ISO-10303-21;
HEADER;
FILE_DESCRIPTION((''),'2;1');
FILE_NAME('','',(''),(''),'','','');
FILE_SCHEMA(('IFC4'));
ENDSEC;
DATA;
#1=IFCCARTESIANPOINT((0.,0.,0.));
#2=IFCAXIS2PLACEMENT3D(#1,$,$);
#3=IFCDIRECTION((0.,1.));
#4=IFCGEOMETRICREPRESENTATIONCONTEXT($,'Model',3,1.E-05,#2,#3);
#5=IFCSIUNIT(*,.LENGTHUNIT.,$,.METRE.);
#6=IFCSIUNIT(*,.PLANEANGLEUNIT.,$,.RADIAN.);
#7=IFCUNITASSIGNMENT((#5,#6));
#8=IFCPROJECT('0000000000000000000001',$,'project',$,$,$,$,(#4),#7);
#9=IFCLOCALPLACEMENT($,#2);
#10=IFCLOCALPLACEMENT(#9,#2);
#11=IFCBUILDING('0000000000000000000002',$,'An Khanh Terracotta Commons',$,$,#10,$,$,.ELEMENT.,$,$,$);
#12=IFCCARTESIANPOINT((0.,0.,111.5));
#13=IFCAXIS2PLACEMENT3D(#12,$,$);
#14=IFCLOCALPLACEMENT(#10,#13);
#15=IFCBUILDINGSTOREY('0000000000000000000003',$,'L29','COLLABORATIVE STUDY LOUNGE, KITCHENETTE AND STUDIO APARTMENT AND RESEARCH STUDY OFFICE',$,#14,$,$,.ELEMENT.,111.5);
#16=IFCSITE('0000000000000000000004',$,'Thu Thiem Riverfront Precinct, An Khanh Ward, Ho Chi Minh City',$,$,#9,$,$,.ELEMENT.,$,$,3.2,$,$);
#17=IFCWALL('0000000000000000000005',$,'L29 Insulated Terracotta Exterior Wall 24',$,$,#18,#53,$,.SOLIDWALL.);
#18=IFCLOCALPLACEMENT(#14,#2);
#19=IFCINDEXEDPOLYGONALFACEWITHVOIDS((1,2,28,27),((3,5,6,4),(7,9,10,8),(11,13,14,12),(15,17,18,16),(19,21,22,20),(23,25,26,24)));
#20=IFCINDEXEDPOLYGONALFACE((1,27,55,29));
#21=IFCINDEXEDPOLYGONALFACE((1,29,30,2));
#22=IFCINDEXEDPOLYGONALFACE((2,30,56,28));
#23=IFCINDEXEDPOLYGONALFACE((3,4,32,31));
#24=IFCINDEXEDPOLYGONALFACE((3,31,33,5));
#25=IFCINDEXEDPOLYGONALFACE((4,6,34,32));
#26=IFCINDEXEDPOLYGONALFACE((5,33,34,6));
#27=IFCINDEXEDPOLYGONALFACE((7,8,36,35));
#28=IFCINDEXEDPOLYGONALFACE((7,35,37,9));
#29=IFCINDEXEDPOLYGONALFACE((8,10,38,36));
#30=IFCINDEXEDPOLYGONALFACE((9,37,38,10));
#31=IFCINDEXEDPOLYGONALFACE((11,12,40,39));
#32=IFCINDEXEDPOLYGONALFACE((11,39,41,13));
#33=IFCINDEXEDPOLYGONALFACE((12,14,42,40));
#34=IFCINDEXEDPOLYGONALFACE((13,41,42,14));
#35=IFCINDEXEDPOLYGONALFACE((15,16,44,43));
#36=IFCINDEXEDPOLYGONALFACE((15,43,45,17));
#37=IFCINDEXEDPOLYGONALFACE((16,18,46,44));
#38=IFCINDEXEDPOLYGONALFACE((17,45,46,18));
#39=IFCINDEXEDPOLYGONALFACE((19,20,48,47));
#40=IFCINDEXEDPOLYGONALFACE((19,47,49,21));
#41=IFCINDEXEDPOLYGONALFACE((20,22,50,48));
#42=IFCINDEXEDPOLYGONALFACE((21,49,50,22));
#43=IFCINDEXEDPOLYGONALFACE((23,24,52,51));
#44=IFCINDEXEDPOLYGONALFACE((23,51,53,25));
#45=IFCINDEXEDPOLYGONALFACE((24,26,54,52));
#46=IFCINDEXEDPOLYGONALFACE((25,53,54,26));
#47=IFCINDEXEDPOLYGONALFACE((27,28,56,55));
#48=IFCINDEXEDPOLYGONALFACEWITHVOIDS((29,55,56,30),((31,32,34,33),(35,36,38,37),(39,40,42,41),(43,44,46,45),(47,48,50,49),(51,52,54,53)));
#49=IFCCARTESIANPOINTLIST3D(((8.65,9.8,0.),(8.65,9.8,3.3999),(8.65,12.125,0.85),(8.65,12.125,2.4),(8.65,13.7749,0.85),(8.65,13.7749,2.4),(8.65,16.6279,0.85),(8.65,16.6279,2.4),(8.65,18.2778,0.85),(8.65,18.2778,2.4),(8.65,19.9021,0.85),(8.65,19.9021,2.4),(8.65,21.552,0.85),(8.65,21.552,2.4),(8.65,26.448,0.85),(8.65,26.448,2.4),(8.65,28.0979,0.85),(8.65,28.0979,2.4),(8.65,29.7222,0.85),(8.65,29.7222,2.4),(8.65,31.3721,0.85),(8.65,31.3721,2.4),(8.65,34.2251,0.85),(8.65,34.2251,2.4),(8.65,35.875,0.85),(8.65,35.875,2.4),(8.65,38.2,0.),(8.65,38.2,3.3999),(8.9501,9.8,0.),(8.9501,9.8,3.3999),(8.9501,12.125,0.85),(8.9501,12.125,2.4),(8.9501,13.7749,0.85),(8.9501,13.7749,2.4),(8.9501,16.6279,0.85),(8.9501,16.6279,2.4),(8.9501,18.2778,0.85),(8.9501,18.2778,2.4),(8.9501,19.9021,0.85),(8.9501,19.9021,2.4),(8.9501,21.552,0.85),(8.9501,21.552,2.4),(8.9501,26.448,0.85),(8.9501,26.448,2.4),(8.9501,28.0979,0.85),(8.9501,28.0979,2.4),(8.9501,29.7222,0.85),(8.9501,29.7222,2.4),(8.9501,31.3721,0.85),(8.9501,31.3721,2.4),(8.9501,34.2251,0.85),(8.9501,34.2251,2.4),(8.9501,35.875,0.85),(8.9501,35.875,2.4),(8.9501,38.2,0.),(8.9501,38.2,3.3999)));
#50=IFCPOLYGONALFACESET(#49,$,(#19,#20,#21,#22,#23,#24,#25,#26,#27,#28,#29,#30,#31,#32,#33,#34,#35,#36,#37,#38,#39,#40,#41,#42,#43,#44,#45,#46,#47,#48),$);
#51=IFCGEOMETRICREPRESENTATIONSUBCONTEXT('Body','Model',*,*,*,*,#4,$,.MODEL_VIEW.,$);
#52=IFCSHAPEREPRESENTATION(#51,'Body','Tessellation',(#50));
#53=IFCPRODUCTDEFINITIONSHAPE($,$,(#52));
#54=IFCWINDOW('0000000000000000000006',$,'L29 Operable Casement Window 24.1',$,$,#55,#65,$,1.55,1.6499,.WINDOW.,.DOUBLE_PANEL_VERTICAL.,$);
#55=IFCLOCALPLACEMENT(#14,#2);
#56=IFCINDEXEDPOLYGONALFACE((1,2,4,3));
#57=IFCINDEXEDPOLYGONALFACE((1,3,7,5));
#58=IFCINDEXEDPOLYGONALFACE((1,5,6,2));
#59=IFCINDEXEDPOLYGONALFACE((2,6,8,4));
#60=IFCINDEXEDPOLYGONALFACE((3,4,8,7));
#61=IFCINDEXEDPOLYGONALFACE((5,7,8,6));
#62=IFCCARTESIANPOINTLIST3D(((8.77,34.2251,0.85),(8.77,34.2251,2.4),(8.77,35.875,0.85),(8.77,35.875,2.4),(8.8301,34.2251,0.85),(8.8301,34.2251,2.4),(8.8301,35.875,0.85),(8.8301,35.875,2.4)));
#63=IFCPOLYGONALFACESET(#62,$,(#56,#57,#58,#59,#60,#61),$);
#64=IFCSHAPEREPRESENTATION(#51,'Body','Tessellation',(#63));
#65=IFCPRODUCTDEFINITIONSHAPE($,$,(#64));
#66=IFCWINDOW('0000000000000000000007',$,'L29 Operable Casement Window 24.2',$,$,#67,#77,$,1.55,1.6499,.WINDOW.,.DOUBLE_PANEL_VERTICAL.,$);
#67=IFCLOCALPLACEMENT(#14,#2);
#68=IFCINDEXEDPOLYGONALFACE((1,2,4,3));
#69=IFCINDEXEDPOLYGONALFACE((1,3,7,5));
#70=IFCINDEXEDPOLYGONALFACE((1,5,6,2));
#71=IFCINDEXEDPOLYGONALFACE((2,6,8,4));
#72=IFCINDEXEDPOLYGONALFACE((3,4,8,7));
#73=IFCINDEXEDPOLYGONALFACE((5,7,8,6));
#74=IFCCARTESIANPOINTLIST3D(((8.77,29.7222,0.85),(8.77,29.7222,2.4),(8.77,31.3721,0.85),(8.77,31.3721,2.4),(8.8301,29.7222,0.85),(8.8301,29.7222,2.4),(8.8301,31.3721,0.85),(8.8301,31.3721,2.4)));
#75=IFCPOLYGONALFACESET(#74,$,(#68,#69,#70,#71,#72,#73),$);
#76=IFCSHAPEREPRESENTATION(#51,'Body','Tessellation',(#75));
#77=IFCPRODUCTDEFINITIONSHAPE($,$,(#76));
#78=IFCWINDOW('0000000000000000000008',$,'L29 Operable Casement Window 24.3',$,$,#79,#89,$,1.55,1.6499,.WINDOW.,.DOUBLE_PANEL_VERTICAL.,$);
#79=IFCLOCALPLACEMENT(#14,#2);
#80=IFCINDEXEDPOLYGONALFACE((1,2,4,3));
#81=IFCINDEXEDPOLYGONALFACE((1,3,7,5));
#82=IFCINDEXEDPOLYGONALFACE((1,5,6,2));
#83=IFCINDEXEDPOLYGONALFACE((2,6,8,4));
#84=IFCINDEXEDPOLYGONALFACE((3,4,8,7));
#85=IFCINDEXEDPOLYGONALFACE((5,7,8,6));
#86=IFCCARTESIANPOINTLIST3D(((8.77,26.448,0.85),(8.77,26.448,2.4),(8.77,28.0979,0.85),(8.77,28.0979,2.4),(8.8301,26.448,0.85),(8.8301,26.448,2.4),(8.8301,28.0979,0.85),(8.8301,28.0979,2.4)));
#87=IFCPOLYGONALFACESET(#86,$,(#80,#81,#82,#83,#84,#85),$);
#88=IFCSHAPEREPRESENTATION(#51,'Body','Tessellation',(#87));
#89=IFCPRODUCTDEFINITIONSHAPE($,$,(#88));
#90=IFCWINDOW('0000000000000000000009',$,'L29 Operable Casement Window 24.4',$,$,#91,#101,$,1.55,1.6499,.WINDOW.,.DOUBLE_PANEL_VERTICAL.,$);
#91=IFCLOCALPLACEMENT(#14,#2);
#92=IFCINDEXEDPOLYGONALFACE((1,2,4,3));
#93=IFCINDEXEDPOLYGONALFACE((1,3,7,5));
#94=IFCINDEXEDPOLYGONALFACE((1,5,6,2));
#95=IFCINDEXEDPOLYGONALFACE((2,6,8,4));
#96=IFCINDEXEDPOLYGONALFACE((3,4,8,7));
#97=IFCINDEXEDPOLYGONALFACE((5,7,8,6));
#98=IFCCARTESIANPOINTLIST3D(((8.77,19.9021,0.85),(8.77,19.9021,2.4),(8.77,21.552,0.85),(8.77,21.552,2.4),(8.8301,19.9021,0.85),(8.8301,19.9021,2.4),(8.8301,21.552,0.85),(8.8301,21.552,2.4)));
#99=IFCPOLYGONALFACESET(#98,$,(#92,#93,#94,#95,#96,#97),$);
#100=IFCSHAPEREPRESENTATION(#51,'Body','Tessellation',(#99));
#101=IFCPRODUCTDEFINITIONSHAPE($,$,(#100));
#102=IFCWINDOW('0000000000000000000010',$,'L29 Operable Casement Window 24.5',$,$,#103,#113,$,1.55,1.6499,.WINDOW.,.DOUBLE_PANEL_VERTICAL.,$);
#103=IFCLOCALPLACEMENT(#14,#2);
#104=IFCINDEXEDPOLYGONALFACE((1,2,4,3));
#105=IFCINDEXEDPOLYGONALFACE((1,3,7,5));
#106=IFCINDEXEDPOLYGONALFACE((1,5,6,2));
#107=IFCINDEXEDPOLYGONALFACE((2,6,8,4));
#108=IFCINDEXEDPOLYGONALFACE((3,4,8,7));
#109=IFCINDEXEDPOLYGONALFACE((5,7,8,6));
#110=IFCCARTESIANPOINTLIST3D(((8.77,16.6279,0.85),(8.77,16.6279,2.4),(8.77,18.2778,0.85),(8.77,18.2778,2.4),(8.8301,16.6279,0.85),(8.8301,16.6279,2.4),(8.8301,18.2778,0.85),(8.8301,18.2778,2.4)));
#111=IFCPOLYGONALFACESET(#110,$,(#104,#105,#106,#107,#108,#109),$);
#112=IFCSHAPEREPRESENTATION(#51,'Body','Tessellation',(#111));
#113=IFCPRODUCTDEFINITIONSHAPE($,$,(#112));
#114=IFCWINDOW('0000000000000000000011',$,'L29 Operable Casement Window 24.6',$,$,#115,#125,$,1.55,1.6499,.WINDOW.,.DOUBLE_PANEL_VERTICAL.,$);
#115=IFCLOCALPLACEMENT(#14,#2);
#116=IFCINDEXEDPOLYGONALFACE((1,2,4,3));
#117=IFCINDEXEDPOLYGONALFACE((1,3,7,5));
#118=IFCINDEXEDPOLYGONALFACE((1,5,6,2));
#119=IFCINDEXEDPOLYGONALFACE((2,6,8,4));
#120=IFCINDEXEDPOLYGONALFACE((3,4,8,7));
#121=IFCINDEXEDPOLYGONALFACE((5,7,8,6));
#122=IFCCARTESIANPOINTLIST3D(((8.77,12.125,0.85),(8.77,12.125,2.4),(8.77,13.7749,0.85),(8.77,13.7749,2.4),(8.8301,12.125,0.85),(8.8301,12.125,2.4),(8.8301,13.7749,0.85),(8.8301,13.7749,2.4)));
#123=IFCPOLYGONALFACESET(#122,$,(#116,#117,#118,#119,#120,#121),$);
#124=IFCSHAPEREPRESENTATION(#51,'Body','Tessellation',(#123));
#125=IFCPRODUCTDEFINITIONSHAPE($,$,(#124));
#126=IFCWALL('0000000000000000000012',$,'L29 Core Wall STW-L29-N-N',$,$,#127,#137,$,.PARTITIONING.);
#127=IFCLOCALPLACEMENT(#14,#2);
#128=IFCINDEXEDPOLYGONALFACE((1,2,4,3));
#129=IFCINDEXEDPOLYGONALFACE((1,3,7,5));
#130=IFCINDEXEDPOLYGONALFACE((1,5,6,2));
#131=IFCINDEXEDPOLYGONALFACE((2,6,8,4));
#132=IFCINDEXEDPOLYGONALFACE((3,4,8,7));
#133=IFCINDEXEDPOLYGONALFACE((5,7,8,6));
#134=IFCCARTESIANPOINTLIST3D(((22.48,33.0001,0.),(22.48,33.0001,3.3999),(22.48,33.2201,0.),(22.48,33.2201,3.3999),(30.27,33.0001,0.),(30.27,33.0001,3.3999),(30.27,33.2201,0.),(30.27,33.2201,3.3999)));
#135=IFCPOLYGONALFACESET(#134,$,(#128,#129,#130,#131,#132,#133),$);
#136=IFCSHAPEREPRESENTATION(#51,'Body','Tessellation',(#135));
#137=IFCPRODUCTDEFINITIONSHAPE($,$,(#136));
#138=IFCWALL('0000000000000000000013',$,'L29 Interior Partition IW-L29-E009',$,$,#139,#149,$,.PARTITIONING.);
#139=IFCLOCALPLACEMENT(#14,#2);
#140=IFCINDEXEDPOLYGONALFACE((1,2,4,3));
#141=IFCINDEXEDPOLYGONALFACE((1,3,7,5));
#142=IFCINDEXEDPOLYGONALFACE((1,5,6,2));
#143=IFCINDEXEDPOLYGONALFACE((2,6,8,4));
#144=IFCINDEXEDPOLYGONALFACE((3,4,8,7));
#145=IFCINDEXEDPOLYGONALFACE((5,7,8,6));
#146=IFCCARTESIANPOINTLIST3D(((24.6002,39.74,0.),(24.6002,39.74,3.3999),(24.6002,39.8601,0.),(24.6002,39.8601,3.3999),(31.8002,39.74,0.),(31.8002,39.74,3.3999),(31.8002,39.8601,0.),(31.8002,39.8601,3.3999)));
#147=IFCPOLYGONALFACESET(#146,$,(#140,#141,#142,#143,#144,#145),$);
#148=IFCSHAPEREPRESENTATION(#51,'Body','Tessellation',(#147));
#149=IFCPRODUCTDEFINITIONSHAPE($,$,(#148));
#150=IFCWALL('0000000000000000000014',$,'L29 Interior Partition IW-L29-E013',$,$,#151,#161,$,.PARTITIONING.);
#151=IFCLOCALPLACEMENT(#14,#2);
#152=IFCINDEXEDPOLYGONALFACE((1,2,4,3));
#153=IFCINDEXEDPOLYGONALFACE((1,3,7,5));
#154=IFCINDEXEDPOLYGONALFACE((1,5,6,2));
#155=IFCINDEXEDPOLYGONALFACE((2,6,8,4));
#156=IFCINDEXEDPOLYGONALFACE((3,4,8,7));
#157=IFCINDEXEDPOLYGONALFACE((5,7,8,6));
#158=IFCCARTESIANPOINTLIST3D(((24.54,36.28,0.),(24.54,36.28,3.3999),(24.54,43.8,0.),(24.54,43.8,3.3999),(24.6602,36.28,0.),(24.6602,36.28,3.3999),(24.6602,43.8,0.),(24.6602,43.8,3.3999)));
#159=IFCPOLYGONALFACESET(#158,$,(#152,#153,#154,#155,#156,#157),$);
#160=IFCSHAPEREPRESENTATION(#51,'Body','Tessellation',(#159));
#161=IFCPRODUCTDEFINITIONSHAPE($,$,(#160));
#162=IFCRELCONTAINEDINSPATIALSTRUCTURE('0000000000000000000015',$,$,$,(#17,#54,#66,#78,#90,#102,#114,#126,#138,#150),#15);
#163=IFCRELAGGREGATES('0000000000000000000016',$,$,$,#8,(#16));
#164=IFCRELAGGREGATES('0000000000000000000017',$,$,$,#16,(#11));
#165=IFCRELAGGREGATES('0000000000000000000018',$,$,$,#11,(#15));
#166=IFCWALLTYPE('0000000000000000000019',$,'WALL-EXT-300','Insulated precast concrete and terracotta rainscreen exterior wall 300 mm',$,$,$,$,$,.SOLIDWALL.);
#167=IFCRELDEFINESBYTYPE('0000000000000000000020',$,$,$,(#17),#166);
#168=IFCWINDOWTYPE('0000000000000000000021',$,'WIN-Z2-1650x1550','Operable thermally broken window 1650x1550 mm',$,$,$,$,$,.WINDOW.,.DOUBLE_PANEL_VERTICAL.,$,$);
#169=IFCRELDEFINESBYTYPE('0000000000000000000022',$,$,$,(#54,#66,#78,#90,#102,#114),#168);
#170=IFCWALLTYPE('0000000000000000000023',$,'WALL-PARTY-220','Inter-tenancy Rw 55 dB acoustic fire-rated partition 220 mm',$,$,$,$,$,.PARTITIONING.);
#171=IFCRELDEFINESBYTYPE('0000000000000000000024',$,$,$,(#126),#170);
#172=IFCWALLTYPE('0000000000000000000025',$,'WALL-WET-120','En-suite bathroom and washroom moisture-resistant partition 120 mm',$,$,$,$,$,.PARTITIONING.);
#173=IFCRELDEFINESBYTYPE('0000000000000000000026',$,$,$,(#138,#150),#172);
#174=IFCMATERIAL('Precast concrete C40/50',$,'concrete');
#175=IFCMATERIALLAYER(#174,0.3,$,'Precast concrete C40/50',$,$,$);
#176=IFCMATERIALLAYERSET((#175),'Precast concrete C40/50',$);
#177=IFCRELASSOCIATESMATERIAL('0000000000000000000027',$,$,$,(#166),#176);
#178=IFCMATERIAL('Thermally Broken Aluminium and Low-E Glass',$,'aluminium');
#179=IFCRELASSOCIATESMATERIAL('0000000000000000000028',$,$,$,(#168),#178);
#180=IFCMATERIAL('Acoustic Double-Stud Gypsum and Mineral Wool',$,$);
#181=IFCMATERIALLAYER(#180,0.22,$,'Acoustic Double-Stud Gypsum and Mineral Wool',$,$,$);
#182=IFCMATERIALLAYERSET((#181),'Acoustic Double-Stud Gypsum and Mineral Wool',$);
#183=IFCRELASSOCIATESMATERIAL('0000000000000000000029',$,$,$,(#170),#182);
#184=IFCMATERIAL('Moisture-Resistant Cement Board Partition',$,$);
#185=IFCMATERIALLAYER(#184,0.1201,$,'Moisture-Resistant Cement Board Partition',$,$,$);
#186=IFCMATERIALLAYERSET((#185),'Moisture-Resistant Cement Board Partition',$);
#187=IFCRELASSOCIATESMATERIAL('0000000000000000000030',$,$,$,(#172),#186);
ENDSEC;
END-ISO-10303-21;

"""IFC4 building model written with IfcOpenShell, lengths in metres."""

from ifc_helpers import new_model, si_unit, direction, frame, frame_2d, origin, place, context, subcontext, project, spatial, rectangle, extrude, material, layer, layer_set, type_object, element, fill, save


model = new_model("IFC4")

# Units and contexts
model_context = context("Model", 3, precision=1e-05, world=origin(), true_north=direction((0.0, 1.0)))
body_context = subcontext(model_context, "Body", "Model", "MODEL_VIEW")
ifc_project = project(units=[si_unit("LENGTHUNIT", "METRE"), si_unit("PLANEANGLEUNIT", "RADIAN")], contexts=[model_context])

# Site, building, storey
site_placement = place(None, origin())
site = spatial("IfcSite", under=ifc_project, at=site_placement, Name="Thu Thiem Riverfront Precinct, An Khanh Ward, Ho Chi Minh City", CompositionType="ELEMENT", RefElevation=3.2)
building_placement = place(site_placement, origin())
building = spatial("IfcBuilding", under=site, at=building_placement, Name="An Khanh Terracotta Commons", CompositionType="ELEMENT")
storey_placement = place(building_placement, frame((0.0, 0.0, 111.5)))
storey = spatial("IfcBuildingStorey", under=building, at=storey_placement, Name="L29", Description="COLLABORATIVE STUDY LOUNGE, KITCHENETTE AND STUDIO APARTMENT AND RESEARCH STUDY OFFICE", CompositionType="ELEMENT", Elevation=111.5)

# Shared definitions
ifc_material_1 = material(Name="Precast concrete C40/50", Category="concrete")
ifc_layer_1 = layer(ifc_material_1, 0.3, Name="Precast concrete C40/50")
ifc_layer_set_1 = layer_set([ifc_layer_1], Name="Precast concrete C40/50")
wall_type_1 = type_object("IfcWallType", Name="WALL-EXT-300", Description="Insulated precast concrete and terracotta rainscreen exterior wall 300 mm", PredefinedType="SOLIDWALL", material=ifc_layer_set_1)

# Wall, openings, windows
wall_1_placement = place(storey_placement, frame((8.8, 38.2, 0.0), z_axis=(0.0, 0.0, 1.0), x_axis=(0.0, -1.0, 0.0)))
wall_1 = element("IfcWall", 1, at=wall_1_placement, inside=storey, type_object=wall_type_1, Name="L29 Insulated Terracotta Exterior Wall 24", PredefinedType="SOLIDWALL", context=body_context, shape_type="SweptSolid", body=[
    extrude(rectangle(XDim=28.3999, YDim=0.3, at=frame_2d((14.2, 0.0))), origin(), (0.0, 0.0, 1.0), 3.3999),
])
opening_1_placement = place(wall_1_placement, frame((2.325, 0.0, 0.8501)))
opening_1 = element("IfcOpeningElement", 2, at=opening_1_placement, cuts=wall_1, PredefinedType="OPENING", context=body_context, shape_type="SweptSolid", body=[
    extrude(rectangle(XDim=1.6499, YDim=1.55, at=frame_2d((0.825, 0.7749))), frame((0.0, 0.1599, 0.0), z_axis=(0.0, -1.0, 0.0), x_axis=(1.0, 0.0, 0.0)), (0.0, 0.0, 1.0), 0.3201),
])
opening_2_placement = place(wall_1_placement, frame((6.8279, 0.0, 0.8501)))
opening_2 = element("IfcOpeningElement", 3, at=opening_2_placement, cuts=wall_1, PredefinedType="OPENING", context=body_context, shape_type="SweptSolid", body=[
    extrude(rectangle(XDim=1.6499, YDim=1.55, at=frame_2d((0.825, 0.7749))), frame((0.0, 0.1599, 0.0), z_axis=(0.0, -1.0, 0.0), x_axis=(1.0, 0.0, 0.0)), (0.0, 0.0, 1.0), 0.3201),
])
opening_3_placement = place(wall_1_placement, frame((10.1021, 0.0, 0.8501)))
opening_3 = element("IfcOpeningElement", 4, at=opening_3_placement, cuts=wall_1, PredefinedType="OPENING", context=body_context, shape_type="SweptSolid", body=[
    extrude(rectangle(XDim=1.6499, YDim=1.55, at=frame_2d((0.825, 0.7749))), frame((0.0, 0.1599, 0.0), z_axis=(0.0, -1.0, 0.0), x_axis=(1.0, 0.0, 0.0)), (0.0, 0.0, 1.0), 0.3201),
])
opening_4_placement = place(wall_1_placement, frame((16.6479, 0.0, 0.8501)))
opening_4 = element("IfcOpeningElement", 5, at=opening_4_placement, cuts=wall_1, PredefinedType="OPENING", context=body_context, shape_type="SweptSolid", body=[
    extrude(rectangle(XDim=1.6499, YDim=1.55, at=frame_2d((0.825, 0.7749))), frame((0.0, 0.1599, 0.0), z_axis=(0.0, -1.0, 0.0), x_axis=(1.0, 0.0, 0.0)), (0.0, 0.0, 1.0), 0.3201),
])
opening_5_placement = place(wall_1_placement, frame((19.9221, 0.0, 0.8501)))
opening_5 = element("IfcOpeningElement", 6, at=opening_5_placement, cuts=wall_1, PredefinedType="OPENING", context=body_context, shape_type="SweptSolid", body=[
    extrude(rectangle(XDim=1.6499, YDim=1.55, at=frame_2d((0.825, 0.7749))), frame((0.0, 0.1599, 0.0), z_axis=(0.0, -1.0, 0.0), x_axis=(1.0, 0.0, 0.0)), (0.0, 0.0, 1.0), 0.3201),
])
opening_6_placement = place(wall_1_placement, frame((24.425, 0.0, 0.8501)))
opening_6 = element("IfcOpeningElement", 7, at=opening_6_placement, cuts=wall_1, PredefinedType="OPENING", context=body_context, shape_type="SweptSolid", body=[
    extrude(rectangle(XDim=1.6499, YDim=1.55, at=frame_2d((0.825, 0.7749))), frame((0.0, 0.1599, 0.0), z_axis=(0.0, -1.0, 0.0), x_axis=(1.0, 0.0, 0.0)), (0.0, 0.0, 1.0), 0.3201),
])
ifc_material_2 = material(Name="Thermally Broken Aluminium and Low-E Glass", Category="aluminium")
window_type = type_object("IfcWindowType", Name="WIN-Z2-1650x1550", Description="Operable thermally broken window 1650x1550 mm", PartitioningType="DOUBLE_PANEL_VERTICAL", PredefinedType="WINDOW", material=ifc_material_2)
window_1_placement = place(opening_1_placement, origin())
window_1 = element("IfcWindow", 8, at=window_1_placement, inside=storey, type_object=window_type, Name="L29 Operable Casement Window 24.1", OverallHeight=1.55, OverallWidth=1.6499, PartitioningType="DOUBLE_PANEL_VERTICAL", PredefinedType="WINDOW", context=body_context, shape_type="SweptSolid", body=[
    extrude(rectangle(XDim=1.6499, YDim=1.55, at=frame_2d((0.825, 0.7749))), frame((0.0, 0.03, 0.0), z_axis=(0.0, -1.0, 0.0), x_axis=(1.0, 0.0, 0.0)), (0.0, 0.0, 1.0), 0.0601),
])
fill(opening_1, window_1)
window_2_placement = place(opening_2_placement, origin())
window_2 = element("IfcWindow", 9, at=window_2_placement, inside=storey, type_object=window_type, Name="L29 Operable Casement Window 24.2", OverallHeight=1.55, OverallWidth=1.6499, PartitioningType="DOUBLE_PANEL_VERTICAL", PredefinedType="WINDOW", context=body_context, shape_type="SweptSolid", body=[
    extrude(rectangle(XDim=1.6499, YDim=1.55, at=frame_2d((0.825, 0.7749))), frame((0.0, 0.03, 0.0), z_axis=(0.0, -1.0, 0.0), x_axis=(1.0, 0.0, 0.0)), (0.0, 0.0, 1.0), 0.0601),
])
fill(opening_2, window_2)
window_3_placement = place(opening_3_placement, origin())
window_3 = element("IfcWindow", 10, at=window_3_placement, inside=storey, type_object=window_type, Name="L29 Operable Casement Window 24.3", OverallHeight=1.55, OverallWidth=1.6499, PartitioningType="DOUBLE_PANEL_VERTICAL", PredefinedType="WINDOW", context=body_context, shape_type="SweptSolid", body=[
    extrude(rectangle(XDim=1.6499, YDim=1.55, at=frame_2d((0.825, 0.7749))), frame((0.0, 0.03, 0.0), z_axis=(0.0, -1.0, 0.0), x_axis=(1.0, 0.0, 0.0)), (0.0, 0.0, 1.0), 0.0601),
])
fill(opening_3, window_3)
window_4_placement = place(opening_4_placement, origin())
window_4 = element("IfcWindow", 11, at=window_4_placement, inside=storey, type_object=window_type, Name="L29 Operable Casement Window 24.4", OverallHeight=1.55, OverallWidth=1.6499, PartitioningType="DOUBLE_PANEL_VERTICAL", PredefinedType="WINDOW", context=body_context, shape_type="SweptSolid", body=[
    extrude(rectangle(XDim=1.6499, YDim=1.55, at=frame_2d((0.825, 0.7749))), frame((0.0, 0.03, 0.0), z_axis=(0.0, -1.0, 0.0), x_axis=(1.0, 0.0, 0.0)), (0.0, 0.0, 1.0), 0.0601),
])
fill(opening_4, window_4)
window_5_placement = place(opening_5_placement, origin())
window_5 = element("IfcWindow", 12, at=window_5_placement, inside=storey, type_object=window_type, Name="L29 Operable Casement Window 24.5", OverallHeight=1.55, OverallWidth=1.6499, PartitioningType="DOUBLE_PANEL_VERTICAL", PredefinedType="WINDOW", context=body_context, shape_type="SweptSolid", body=[
    extrude(rectangle(XDim=1.6499, YDim=1.55, at=frame_2d((0.825, 0.7749))), frame((0.0, 0.03, 0.0), z_axis=(0.0, -1.0, 0.0), x_axis=(1.0, 0.0, 0.0)), (0.0, 0.0, 1.0), 0.0601),
])
fill(opening_5, window_5)
window_6_placement = place(opening_6_placement, origin())
window_6 = element("IfcWindow", 13, at=window_6_placement, inside=storey, type_object=window_type, Name="L29 Operable Casement Window 24.6", OverallHeight=1.55, OverallWidth=1.6499, PartitioningType="DOUBLE_PANEL_VERTICAL", PredefinedType="WINDOW", context=body_context, shape_type="SweptSolid", body=[
    extrude(rectangle(XDim=1.6499, YDim=1.55, at=frame_2d((0.825, 0.7749))), frame((0.0, 0.03, 0.0), z_axis=(0.0, -1.0, 0.0), x_axis=(1.0, 0.0, 0.0)), (0.0, 0.0, 1.0), 0.0601),
])
fill(opening_6, window_6)

# Walls
ifc_material_3 = material(Name="Acoustic Double-Stud Gypsum and Mineral Wool")
ifc_layer_2 = layer(ifc_material_3, 0.22, Name="Acoustic Double-Stud Gypsum and Mineral Wool")
ifc_layer_set_2 = layer_set([ifc_layer_2], Name="Acoustic Double-Stud Gypsum and Mineral Wool")
wall_type_2 = type_object("IfcWallType", Name="WALL-PARTY-220", Description="Inter-tenancy Rw 55 dB acoustic fire-rated partition 220 mm", PredefinedType="PARTITIONING", material=ifc_layer_set_2)
wall_2_placement = place(storey_placement, frame((22.48, 33.1101, 0.0), z_axis=(0.0, 0.0, 1.0), x_axis=(1.0, 0.0, 0.0)))
element("IfcWall", 14, at=wall_2_placement, inside=storey, type_object=wall_type_2, Name="L29 Core Wall STW-L29-N-N", PredefinedType="PARTITIONING", context=body_context, shape_type="SweptSolid", body=[
    extrude(rectangle(XDim=7.79, YDim=0.22, at=frame_2d((3.895, 0.0))), origin(), (0.0, 0.0, 1.0), 3.3999),
])
ifc_material_4 = material(Name="Moisture-Resistant Cement Board Partition")
ifc_layer_3 = layer(ifc_material_4, 0.1201, Name="Moisture-Resistant Cement Board Partition")
ifc_layer_set_3 = layer_set([ifc_layer_3], Name="Moisture-Resistant Cement Board Partition")
wall_type_3 = type_object("IfcWallType", Name="WALL-WET-120", Description="En-suite bathroom and washroom moisture-resistant partition 120 mm", PredefinedType="PARTITIONING", material=ifc_layer_set_3)
wall_3_placement = place(storey_placement, frame((24.6001, 39.8, 0.0), z_axis=(0.0, 0.0, 1.0), x_axis=(1.0, 0.0, 0.0)))
element("IfcWall", 15, at=wall_3_placement, inside=storey, type_object=wall_type_3, Name="L29 Interior Partition IW-L29-E009", PredefinedType="PARTITIONING", context=body_context, shape_type="SweptSolid", body=[
    extrude(rectangle(XDim=7.2, YDim=0.1201, at=frame_2d((3.6001, 0.0))), origin(), (0.0, 0.0, 1.0), 3.3999),
])
wall_4_placement = place(storey_placement, frame((24.6001, 36.28, 0.0), z_axis=(0.0, 0.0, 1.0), x_axis=(0.0, 1.0, 0.0)))
element("IfcWall", 16, at=wall_4_placement, inside=storey, type_object=wall_type_3, Name="L29 Interior Partition IW-L29-E013", PredefinedType="PARTITIONING", context=body_context, shape_type="SweptSolid", body=[
    extrude(rectangle(XDim=7.52, YDim=0.1201, at=frame_2d((3.76, 0.0))), origin(), (0.0, 0.0, 1.0), 3.3999),
])

save(model, "model.ifc")
